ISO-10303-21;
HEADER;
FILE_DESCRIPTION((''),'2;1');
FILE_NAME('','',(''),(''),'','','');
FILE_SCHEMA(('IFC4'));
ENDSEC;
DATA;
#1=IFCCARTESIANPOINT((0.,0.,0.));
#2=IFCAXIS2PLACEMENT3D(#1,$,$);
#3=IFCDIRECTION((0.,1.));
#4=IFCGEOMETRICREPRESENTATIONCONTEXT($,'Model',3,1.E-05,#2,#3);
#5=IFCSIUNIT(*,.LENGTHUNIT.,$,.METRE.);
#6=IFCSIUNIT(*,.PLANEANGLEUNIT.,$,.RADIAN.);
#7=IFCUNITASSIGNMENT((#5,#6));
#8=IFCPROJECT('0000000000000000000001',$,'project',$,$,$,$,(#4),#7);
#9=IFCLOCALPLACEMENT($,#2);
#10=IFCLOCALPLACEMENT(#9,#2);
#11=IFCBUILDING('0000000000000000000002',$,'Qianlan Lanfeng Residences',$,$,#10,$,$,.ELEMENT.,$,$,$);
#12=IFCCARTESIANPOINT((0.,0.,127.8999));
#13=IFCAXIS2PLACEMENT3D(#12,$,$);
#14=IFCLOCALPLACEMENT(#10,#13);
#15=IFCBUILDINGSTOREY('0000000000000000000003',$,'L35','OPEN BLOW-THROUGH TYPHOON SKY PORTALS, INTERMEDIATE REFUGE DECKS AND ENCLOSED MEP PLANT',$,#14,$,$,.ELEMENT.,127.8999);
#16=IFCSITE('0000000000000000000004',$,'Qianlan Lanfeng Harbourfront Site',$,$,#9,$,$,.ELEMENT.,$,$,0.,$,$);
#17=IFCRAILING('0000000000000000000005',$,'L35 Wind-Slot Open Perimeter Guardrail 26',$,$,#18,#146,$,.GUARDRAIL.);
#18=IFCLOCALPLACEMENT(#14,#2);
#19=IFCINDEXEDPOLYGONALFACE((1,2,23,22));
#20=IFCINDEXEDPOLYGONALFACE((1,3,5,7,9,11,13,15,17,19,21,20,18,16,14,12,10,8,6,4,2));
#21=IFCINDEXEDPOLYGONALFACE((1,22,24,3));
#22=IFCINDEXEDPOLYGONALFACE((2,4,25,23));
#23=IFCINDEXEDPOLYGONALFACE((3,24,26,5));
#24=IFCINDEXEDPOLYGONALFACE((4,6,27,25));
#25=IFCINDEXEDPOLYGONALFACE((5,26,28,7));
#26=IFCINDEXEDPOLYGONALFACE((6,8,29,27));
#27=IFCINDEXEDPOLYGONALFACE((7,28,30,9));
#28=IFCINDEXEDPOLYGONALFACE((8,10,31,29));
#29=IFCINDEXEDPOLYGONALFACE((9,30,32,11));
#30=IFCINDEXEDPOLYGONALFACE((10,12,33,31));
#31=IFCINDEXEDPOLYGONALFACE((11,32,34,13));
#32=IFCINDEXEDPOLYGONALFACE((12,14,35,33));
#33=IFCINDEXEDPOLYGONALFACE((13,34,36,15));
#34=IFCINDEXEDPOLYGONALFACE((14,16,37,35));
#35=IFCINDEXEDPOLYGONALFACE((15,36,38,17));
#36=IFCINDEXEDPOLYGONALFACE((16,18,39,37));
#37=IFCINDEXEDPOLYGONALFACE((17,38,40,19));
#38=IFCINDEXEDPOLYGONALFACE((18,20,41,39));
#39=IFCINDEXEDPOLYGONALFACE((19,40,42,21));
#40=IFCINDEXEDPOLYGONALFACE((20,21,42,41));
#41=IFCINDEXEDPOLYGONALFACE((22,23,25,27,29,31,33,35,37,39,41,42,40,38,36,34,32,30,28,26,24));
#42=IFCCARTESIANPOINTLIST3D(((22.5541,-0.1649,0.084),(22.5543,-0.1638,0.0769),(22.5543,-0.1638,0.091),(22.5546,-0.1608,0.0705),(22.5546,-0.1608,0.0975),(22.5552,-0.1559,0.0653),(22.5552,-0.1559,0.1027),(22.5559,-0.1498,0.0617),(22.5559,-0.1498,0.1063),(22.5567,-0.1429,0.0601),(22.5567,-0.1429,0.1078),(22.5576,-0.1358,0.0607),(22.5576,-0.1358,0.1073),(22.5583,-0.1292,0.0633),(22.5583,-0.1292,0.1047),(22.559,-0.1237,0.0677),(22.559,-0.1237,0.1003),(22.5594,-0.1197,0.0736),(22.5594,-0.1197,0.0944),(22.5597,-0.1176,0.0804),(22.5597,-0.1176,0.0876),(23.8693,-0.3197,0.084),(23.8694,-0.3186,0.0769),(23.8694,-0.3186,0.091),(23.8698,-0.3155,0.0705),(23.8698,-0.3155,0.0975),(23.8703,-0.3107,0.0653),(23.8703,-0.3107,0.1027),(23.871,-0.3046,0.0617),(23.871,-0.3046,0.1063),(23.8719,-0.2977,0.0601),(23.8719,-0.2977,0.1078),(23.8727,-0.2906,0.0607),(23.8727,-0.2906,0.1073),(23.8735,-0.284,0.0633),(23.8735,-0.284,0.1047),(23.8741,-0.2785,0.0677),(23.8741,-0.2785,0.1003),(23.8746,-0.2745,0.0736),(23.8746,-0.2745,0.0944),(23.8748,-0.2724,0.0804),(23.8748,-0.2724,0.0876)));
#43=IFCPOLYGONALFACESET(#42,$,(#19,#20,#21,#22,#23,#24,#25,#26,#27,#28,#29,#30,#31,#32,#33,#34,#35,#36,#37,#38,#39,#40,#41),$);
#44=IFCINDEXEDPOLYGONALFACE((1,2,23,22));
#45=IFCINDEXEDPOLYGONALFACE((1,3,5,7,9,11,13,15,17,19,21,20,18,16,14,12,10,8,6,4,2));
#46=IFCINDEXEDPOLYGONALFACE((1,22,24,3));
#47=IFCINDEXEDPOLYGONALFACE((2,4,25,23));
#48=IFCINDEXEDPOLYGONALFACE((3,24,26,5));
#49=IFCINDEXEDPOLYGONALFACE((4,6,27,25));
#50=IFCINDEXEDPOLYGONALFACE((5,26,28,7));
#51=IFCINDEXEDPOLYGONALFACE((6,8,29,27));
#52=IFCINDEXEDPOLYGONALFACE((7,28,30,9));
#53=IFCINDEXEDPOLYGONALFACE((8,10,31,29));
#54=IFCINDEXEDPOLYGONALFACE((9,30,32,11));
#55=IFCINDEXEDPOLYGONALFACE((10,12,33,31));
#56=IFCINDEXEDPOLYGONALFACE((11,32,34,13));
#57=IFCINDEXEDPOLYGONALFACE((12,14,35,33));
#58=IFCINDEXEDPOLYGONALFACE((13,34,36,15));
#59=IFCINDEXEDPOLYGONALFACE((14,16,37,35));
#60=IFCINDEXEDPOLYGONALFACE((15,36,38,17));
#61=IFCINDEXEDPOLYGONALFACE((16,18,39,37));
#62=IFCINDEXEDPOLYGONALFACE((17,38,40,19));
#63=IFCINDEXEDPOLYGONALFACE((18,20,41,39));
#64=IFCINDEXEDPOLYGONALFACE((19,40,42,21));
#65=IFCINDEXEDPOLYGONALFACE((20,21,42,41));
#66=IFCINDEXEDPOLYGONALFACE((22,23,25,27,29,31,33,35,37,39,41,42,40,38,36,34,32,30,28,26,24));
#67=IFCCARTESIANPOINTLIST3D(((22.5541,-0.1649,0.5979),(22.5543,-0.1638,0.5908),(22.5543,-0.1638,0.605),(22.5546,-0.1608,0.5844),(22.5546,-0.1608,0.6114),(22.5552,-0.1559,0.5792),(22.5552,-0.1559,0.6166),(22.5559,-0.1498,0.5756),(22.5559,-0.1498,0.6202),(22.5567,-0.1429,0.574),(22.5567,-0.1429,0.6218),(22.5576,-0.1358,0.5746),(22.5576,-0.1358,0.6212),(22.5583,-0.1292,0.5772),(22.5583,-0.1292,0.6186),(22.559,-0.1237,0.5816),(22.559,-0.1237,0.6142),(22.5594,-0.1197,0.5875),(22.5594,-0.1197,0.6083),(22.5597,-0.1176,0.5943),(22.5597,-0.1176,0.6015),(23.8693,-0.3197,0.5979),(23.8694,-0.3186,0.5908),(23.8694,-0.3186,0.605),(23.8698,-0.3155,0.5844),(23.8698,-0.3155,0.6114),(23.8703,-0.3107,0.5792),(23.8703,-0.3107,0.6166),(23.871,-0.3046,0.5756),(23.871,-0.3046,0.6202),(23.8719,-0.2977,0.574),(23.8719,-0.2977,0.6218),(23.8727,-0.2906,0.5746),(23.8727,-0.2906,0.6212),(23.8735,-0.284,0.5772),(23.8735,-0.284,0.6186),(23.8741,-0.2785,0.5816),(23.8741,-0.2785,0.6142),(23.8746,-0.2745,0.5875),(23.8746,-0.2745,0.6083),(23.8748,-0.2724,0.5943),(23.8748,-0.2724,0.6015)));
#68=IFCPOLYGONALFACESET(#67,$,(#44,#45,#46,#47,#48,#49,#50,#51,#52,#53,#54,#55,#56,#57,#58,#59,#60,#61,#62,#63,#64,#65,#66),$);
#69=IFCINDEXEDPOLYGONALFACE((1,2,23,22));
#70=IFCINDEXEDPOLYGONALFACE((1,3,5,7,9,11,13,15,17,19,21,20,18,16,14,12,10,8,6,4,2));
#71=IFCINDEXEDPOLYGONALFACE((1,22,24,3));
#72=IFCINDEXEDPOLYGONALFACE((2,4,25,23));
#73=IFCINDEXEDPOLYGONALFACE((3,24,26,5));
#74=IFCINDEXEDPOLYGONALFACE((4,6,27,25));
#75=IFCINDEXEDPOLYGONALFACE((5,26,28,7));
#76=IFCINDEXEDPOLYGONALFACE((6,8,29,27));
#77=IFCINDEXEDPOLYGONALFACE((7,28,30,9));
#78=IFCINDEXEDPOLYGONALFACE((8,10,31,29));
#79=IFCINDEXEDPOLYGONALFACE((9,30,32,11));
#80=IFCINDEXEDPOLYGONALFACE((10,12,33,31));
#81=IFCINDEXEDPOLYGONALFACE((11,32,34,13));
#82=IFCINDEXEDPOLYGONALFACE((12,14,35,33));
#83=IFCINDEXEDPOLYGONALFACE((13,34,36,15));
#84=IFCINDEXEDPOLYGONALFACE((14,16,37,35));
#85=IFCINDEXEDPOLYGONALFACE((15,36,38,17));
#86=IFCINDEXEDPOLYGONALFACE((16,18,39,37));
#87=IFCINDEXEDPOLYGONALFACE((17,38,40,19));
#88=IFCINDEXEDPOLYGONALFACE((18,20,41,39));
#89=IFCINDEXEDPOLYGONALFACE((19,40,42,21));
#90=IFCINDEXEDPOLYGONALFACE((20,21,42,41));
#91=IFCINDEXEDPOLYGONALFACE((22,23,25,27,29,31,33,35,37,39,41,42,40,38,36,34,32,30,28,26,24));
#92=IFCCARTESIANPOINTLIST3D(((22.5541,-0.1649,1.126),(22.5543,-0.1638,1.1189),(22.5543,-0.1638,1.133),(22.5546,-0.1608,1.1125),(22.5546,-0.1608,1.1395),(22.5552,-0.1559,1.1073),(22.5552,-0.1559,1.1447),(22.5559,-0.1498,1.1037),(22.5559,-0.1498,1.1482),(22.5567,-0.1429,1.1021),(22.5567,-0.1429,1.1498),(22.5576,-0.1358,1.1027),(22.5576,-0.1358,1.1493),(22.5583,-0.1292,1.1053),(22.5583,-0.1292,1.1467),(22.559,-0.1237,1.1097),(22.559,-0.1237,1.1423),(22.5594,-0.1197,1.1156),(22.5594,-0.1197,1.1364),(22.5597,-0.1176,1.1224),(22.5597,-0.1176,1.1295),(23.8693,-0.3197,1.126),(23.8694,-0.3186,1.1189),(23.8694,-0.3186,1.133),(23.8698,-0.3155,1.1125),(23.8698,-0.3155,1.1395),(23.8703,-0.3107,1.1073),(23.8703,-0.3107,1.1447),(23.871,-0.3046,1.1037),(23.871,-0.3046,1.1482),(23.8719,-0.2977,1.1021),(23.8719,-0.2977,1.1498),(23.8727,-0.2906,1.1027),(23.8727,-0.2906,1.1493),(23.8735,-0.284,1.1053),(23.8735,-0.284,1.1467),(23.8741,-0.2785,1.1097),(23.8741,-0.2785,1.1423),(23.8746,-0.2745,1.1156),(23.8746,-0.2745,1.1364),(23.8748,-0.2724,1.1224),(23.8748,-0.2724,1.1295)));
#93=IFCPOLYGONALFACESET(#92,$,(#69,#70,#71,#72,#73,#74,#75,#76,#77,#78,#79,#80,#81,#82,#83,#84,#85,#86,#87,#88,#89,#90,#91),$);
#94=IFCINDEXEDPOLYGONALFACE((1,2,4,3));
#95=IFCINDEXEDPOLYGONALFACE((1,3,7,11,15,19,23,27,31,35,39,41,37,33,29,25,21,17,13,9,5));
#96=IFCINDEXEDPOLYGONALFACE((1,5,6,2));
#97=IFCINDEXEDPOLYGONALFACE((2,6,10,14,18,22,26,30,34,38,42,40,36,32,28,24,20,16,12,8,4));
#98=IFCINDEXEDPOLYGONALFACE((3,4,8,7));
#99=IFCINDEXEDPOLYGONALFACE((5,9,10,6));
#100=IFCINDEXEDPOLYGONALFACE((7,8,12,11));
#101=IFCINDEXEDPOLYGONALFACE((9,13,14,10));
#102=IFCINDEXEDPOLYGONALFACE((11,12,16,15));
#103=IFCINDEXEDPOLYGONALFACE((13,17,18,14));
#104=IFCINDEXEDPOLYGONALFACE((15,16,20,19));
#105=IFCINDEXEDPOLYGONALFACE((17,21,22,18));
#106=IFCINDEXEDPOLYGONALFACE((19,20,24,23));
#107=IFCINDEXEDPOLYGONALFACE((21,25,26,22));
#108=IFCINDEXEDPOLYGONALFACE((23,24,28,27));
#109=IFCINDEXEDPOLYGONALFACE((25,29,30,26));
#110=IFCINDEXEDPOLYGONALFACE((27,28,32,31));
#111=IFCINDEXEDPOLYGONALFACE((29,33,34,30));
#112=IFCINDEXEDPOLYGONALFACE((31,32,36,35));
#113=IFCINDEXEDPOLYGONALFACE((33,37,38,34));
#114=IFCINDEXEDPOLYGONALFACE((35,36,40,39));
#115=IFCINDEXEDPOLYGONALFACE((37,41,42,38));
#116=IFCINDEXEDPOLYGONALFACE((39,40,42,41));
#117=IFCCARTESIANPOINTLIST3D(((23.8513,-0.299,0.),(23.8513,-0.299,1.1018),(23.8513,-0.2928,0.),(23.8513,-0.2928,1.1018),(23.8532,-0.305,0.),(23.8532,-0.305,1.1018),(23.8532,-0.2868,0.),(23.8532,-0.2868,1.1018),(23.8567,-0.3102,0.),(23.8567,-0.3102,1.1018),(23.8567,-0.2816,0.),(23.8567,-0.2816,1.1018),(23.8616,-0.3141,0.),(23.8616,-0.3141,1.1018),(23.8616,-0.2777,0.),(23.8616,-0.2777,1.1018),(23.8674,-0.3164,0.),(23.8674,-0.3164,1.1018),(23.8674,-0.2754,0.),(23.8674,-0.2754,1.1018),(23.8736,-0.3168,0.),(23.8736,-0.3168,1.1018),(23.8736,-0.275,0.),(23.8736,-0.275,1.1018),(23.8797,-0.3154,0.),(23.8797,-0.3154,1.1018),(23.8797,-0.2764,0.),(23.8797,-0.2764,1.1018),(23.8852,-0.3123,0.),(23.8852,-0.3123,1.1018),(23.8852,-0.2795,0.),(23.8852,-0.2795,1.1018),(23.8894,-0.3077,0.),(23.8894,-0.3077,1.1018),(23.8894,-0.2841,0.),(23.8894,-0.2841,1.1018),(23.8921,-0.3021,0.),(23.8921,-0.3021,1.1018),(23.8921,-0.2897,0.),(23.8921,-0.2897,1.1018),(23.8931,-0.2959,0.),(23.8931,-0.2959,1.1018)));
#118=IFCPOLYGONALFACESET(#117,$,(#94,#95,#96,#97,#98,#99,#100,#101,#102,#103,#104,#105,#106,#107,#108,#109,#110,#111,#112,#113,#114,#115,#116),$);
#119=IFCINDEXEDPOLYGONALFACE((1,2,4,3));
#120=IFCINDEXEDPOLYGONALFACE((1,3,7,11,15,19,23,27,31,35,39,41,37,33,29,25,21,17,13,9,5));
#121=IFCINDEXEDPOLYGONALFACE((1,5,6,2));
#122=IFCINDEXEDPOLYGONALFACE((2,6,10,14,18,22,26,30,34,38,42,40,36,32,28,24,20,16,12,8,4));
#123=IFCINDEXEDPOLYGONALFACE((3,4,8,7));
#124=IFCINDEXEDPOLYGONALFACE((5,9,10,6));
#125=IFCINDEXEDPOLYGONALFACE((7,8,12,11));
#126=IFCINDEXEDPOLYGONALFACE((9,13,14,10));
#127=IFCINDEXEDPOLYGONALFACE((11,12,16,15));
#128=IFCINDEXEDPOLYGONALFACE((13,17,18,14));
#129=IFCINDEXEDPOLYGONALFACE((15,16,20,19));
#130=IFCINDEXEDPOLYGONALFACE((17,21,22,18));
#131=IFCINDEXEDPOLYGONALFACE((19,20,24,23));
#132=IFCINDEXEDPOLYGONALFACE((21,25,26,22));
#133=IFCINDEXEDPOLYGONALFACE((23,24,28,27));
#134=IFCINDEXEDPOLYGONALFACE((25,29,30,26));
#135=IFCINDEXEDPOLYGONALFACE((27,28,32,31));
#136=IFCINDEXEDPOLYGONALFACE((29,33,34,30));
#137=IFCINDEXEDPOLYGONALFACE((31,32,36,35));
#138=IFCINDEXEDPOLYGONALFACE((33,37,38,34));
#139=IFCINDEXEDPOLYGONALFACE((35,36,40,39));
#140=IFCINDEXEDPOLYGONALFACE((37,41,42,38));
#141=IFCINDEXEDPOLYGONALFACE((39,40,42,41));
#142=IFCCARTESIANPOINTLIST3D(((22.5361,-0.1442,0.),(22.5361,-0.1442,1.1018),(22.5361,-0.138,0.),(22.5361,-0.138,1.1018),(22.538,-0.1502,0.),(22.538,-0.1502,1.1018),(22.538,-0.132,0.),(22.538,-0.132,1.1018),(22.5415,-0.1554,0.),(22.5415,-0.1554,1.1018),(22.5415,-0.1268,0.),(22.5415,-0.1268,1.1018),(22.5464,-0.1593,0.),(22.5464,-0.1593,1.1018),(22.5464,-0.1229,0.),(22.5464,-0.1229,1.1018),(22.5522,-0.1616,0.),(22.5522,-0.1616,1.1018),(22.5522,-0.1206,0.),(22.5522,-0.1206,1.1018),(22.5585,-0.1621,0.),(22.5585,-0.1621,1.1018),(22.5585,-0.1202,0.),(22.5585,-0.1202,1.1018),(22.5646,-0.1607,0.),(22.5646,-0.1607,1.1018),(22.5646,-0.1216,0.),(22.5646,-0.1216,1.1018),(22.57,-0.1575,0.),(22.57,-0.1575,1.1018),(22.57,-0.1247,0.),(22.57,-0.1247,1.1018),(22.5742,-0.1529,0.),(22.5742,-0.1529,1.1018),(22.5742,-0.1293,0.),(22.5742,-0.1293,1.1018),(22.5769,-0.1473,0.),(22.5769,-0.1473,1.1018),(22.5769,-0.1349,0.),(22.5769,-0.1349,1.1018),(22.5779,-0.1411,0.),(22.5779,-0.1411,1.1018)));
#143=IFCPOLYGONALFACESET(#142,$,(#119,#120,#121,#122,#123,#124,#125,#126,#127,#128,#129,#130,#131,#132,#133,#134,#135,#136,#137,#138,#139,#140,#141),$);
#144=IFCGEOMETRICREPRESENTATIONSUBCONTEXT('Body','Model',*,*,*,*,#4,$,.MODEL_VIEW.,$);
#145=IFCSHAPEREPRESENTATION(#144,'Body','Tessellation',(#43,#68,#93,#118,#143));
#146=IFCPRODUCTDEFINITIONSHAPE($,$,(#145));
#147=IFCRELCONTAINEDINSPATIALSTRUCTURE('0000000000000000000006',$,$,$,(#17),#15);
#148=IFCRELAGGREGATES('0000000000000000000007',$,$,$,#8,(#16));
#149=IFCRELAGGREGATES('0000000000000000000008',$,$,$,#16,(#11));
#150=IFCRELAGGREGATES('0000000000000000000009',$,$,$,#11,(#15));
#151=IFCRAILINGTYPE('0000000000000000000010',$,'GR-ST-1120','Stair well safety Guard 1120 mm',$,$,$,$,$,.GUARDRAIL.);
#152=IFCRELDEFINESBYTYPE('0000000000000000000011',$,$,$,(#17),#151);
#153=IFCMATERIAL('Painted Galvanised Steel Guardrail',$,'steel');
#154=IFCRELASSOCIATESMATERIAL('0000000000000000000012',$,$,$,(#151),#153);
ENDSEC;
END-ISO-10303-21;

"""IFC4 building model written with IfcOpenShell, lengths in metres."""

from ifc_helpers import new_model, si_unit, direction, frame, origin, origin_2d, place, context, subcontext, project, spatial, circle, extrude, material, type_object, element, save


model = new_model("IFC4")

# Units and contexts
model_context = context("Model", 3, precision=1e-05, world=origin(), true_north=direction((0.0, 1.0)))
body_context = subcontext(model_context, "Body", "Model", "MODEL_VIEW")
ifc_project = project(units=[si_unit("LENGTHUNIT", "METRE"), si_unit("PLANEANGLEUNIT", "RADIAN")], contexts=[model_context])

# Site, building, storey
site_placement = place(None, origin())
site = spatial("IfcSite", under=ifc_project, at=site_placement, Name="Qianlan Lanfeng Harbourfront Site", CompositionType="ELEMENT", RefElevation=0.0)
building_placement = place(site_placement, origin())
building = spatial("IfcBuilding", under=site, at=building_placement, Name="Qianlan Lanfeng Residences", CompositionType="ELEMENT")
storey_placement = place(building_placement, frame((0.0, 0.0, 127.8999)))
storey = spatial("IfcBuildingStorey", under=building, at=storey_placement, Name="L35", Description="OPEN BLOW-THROUGH TYPHOON SKY PORTALS, INTERMEDIATE REFUGE DECKS AND ENCLOSED MEP PLANT", CompositionType="ELEMENT", Elevation=127.8999)

# Railing
ifc_material_1 = material(Name="Painted Galvanised Steel Guardrail", Category="steel")
railing_type = type_object("IfcRailingType", Name="GR-ST-1120", Description="Stair well safety Guard 1120 mm", PredefinedType="GUARDRAIL", material=ifc_material_1)
railing_1_placement = place(storey_placement, frame((23.8721, -0.2959, 0.0)))
element("IfcRailing", 1, at=railing_1_placement, inside=storey, type_object=railing_type, Name="L35 Wind-Slot Open Perimeter Guardrail 26", PredefinedType="GUARDRAIL", context=body_context, shape_type="SweptSolid", body=[
    extrude(circle(Radius=0.0239, at=origin_2d()), frame((0.0, 0.0, 0.084), z_axis=(-0.993146, 0.116884, 0.0), x_axis=(-0.116884, -0.993146, 0.0)), (0.0, 0.0, 1.0), 1.3242),
    extrude(circle(Radius=0.0239, at=origin_2d()), frame((0.0, 0.0, 0.5979), z_axis=(-0.993146, 0.116884, 0.0), x_axis=(-0.116884, -0.993146, 0.0)), (0.0, 0.0, 1.0), 1.3242),
    extrude(circle(Radius=0.0239, at=origin_2d()), frame((0.0, 0.0, 1.126), z_axis=(-0.993146, 0.116884, 0.0), x_axis=(-0.116884, -0.993146, 0.0)), (0.0, 0.0, 1.0), 1.3242),
    extrude(circle(Radius=0.021, at=origin_2d()), origin(), (0.0, 0.0, 1.0), 1.1018),
    extrude(circle(Radius=0.021, at=origin_2d()), frame((-1.3152, 0.1548, 0.0)), (0.0, 0.0, 1.0), 1.1018),
])

save(model, "model.ifc")
